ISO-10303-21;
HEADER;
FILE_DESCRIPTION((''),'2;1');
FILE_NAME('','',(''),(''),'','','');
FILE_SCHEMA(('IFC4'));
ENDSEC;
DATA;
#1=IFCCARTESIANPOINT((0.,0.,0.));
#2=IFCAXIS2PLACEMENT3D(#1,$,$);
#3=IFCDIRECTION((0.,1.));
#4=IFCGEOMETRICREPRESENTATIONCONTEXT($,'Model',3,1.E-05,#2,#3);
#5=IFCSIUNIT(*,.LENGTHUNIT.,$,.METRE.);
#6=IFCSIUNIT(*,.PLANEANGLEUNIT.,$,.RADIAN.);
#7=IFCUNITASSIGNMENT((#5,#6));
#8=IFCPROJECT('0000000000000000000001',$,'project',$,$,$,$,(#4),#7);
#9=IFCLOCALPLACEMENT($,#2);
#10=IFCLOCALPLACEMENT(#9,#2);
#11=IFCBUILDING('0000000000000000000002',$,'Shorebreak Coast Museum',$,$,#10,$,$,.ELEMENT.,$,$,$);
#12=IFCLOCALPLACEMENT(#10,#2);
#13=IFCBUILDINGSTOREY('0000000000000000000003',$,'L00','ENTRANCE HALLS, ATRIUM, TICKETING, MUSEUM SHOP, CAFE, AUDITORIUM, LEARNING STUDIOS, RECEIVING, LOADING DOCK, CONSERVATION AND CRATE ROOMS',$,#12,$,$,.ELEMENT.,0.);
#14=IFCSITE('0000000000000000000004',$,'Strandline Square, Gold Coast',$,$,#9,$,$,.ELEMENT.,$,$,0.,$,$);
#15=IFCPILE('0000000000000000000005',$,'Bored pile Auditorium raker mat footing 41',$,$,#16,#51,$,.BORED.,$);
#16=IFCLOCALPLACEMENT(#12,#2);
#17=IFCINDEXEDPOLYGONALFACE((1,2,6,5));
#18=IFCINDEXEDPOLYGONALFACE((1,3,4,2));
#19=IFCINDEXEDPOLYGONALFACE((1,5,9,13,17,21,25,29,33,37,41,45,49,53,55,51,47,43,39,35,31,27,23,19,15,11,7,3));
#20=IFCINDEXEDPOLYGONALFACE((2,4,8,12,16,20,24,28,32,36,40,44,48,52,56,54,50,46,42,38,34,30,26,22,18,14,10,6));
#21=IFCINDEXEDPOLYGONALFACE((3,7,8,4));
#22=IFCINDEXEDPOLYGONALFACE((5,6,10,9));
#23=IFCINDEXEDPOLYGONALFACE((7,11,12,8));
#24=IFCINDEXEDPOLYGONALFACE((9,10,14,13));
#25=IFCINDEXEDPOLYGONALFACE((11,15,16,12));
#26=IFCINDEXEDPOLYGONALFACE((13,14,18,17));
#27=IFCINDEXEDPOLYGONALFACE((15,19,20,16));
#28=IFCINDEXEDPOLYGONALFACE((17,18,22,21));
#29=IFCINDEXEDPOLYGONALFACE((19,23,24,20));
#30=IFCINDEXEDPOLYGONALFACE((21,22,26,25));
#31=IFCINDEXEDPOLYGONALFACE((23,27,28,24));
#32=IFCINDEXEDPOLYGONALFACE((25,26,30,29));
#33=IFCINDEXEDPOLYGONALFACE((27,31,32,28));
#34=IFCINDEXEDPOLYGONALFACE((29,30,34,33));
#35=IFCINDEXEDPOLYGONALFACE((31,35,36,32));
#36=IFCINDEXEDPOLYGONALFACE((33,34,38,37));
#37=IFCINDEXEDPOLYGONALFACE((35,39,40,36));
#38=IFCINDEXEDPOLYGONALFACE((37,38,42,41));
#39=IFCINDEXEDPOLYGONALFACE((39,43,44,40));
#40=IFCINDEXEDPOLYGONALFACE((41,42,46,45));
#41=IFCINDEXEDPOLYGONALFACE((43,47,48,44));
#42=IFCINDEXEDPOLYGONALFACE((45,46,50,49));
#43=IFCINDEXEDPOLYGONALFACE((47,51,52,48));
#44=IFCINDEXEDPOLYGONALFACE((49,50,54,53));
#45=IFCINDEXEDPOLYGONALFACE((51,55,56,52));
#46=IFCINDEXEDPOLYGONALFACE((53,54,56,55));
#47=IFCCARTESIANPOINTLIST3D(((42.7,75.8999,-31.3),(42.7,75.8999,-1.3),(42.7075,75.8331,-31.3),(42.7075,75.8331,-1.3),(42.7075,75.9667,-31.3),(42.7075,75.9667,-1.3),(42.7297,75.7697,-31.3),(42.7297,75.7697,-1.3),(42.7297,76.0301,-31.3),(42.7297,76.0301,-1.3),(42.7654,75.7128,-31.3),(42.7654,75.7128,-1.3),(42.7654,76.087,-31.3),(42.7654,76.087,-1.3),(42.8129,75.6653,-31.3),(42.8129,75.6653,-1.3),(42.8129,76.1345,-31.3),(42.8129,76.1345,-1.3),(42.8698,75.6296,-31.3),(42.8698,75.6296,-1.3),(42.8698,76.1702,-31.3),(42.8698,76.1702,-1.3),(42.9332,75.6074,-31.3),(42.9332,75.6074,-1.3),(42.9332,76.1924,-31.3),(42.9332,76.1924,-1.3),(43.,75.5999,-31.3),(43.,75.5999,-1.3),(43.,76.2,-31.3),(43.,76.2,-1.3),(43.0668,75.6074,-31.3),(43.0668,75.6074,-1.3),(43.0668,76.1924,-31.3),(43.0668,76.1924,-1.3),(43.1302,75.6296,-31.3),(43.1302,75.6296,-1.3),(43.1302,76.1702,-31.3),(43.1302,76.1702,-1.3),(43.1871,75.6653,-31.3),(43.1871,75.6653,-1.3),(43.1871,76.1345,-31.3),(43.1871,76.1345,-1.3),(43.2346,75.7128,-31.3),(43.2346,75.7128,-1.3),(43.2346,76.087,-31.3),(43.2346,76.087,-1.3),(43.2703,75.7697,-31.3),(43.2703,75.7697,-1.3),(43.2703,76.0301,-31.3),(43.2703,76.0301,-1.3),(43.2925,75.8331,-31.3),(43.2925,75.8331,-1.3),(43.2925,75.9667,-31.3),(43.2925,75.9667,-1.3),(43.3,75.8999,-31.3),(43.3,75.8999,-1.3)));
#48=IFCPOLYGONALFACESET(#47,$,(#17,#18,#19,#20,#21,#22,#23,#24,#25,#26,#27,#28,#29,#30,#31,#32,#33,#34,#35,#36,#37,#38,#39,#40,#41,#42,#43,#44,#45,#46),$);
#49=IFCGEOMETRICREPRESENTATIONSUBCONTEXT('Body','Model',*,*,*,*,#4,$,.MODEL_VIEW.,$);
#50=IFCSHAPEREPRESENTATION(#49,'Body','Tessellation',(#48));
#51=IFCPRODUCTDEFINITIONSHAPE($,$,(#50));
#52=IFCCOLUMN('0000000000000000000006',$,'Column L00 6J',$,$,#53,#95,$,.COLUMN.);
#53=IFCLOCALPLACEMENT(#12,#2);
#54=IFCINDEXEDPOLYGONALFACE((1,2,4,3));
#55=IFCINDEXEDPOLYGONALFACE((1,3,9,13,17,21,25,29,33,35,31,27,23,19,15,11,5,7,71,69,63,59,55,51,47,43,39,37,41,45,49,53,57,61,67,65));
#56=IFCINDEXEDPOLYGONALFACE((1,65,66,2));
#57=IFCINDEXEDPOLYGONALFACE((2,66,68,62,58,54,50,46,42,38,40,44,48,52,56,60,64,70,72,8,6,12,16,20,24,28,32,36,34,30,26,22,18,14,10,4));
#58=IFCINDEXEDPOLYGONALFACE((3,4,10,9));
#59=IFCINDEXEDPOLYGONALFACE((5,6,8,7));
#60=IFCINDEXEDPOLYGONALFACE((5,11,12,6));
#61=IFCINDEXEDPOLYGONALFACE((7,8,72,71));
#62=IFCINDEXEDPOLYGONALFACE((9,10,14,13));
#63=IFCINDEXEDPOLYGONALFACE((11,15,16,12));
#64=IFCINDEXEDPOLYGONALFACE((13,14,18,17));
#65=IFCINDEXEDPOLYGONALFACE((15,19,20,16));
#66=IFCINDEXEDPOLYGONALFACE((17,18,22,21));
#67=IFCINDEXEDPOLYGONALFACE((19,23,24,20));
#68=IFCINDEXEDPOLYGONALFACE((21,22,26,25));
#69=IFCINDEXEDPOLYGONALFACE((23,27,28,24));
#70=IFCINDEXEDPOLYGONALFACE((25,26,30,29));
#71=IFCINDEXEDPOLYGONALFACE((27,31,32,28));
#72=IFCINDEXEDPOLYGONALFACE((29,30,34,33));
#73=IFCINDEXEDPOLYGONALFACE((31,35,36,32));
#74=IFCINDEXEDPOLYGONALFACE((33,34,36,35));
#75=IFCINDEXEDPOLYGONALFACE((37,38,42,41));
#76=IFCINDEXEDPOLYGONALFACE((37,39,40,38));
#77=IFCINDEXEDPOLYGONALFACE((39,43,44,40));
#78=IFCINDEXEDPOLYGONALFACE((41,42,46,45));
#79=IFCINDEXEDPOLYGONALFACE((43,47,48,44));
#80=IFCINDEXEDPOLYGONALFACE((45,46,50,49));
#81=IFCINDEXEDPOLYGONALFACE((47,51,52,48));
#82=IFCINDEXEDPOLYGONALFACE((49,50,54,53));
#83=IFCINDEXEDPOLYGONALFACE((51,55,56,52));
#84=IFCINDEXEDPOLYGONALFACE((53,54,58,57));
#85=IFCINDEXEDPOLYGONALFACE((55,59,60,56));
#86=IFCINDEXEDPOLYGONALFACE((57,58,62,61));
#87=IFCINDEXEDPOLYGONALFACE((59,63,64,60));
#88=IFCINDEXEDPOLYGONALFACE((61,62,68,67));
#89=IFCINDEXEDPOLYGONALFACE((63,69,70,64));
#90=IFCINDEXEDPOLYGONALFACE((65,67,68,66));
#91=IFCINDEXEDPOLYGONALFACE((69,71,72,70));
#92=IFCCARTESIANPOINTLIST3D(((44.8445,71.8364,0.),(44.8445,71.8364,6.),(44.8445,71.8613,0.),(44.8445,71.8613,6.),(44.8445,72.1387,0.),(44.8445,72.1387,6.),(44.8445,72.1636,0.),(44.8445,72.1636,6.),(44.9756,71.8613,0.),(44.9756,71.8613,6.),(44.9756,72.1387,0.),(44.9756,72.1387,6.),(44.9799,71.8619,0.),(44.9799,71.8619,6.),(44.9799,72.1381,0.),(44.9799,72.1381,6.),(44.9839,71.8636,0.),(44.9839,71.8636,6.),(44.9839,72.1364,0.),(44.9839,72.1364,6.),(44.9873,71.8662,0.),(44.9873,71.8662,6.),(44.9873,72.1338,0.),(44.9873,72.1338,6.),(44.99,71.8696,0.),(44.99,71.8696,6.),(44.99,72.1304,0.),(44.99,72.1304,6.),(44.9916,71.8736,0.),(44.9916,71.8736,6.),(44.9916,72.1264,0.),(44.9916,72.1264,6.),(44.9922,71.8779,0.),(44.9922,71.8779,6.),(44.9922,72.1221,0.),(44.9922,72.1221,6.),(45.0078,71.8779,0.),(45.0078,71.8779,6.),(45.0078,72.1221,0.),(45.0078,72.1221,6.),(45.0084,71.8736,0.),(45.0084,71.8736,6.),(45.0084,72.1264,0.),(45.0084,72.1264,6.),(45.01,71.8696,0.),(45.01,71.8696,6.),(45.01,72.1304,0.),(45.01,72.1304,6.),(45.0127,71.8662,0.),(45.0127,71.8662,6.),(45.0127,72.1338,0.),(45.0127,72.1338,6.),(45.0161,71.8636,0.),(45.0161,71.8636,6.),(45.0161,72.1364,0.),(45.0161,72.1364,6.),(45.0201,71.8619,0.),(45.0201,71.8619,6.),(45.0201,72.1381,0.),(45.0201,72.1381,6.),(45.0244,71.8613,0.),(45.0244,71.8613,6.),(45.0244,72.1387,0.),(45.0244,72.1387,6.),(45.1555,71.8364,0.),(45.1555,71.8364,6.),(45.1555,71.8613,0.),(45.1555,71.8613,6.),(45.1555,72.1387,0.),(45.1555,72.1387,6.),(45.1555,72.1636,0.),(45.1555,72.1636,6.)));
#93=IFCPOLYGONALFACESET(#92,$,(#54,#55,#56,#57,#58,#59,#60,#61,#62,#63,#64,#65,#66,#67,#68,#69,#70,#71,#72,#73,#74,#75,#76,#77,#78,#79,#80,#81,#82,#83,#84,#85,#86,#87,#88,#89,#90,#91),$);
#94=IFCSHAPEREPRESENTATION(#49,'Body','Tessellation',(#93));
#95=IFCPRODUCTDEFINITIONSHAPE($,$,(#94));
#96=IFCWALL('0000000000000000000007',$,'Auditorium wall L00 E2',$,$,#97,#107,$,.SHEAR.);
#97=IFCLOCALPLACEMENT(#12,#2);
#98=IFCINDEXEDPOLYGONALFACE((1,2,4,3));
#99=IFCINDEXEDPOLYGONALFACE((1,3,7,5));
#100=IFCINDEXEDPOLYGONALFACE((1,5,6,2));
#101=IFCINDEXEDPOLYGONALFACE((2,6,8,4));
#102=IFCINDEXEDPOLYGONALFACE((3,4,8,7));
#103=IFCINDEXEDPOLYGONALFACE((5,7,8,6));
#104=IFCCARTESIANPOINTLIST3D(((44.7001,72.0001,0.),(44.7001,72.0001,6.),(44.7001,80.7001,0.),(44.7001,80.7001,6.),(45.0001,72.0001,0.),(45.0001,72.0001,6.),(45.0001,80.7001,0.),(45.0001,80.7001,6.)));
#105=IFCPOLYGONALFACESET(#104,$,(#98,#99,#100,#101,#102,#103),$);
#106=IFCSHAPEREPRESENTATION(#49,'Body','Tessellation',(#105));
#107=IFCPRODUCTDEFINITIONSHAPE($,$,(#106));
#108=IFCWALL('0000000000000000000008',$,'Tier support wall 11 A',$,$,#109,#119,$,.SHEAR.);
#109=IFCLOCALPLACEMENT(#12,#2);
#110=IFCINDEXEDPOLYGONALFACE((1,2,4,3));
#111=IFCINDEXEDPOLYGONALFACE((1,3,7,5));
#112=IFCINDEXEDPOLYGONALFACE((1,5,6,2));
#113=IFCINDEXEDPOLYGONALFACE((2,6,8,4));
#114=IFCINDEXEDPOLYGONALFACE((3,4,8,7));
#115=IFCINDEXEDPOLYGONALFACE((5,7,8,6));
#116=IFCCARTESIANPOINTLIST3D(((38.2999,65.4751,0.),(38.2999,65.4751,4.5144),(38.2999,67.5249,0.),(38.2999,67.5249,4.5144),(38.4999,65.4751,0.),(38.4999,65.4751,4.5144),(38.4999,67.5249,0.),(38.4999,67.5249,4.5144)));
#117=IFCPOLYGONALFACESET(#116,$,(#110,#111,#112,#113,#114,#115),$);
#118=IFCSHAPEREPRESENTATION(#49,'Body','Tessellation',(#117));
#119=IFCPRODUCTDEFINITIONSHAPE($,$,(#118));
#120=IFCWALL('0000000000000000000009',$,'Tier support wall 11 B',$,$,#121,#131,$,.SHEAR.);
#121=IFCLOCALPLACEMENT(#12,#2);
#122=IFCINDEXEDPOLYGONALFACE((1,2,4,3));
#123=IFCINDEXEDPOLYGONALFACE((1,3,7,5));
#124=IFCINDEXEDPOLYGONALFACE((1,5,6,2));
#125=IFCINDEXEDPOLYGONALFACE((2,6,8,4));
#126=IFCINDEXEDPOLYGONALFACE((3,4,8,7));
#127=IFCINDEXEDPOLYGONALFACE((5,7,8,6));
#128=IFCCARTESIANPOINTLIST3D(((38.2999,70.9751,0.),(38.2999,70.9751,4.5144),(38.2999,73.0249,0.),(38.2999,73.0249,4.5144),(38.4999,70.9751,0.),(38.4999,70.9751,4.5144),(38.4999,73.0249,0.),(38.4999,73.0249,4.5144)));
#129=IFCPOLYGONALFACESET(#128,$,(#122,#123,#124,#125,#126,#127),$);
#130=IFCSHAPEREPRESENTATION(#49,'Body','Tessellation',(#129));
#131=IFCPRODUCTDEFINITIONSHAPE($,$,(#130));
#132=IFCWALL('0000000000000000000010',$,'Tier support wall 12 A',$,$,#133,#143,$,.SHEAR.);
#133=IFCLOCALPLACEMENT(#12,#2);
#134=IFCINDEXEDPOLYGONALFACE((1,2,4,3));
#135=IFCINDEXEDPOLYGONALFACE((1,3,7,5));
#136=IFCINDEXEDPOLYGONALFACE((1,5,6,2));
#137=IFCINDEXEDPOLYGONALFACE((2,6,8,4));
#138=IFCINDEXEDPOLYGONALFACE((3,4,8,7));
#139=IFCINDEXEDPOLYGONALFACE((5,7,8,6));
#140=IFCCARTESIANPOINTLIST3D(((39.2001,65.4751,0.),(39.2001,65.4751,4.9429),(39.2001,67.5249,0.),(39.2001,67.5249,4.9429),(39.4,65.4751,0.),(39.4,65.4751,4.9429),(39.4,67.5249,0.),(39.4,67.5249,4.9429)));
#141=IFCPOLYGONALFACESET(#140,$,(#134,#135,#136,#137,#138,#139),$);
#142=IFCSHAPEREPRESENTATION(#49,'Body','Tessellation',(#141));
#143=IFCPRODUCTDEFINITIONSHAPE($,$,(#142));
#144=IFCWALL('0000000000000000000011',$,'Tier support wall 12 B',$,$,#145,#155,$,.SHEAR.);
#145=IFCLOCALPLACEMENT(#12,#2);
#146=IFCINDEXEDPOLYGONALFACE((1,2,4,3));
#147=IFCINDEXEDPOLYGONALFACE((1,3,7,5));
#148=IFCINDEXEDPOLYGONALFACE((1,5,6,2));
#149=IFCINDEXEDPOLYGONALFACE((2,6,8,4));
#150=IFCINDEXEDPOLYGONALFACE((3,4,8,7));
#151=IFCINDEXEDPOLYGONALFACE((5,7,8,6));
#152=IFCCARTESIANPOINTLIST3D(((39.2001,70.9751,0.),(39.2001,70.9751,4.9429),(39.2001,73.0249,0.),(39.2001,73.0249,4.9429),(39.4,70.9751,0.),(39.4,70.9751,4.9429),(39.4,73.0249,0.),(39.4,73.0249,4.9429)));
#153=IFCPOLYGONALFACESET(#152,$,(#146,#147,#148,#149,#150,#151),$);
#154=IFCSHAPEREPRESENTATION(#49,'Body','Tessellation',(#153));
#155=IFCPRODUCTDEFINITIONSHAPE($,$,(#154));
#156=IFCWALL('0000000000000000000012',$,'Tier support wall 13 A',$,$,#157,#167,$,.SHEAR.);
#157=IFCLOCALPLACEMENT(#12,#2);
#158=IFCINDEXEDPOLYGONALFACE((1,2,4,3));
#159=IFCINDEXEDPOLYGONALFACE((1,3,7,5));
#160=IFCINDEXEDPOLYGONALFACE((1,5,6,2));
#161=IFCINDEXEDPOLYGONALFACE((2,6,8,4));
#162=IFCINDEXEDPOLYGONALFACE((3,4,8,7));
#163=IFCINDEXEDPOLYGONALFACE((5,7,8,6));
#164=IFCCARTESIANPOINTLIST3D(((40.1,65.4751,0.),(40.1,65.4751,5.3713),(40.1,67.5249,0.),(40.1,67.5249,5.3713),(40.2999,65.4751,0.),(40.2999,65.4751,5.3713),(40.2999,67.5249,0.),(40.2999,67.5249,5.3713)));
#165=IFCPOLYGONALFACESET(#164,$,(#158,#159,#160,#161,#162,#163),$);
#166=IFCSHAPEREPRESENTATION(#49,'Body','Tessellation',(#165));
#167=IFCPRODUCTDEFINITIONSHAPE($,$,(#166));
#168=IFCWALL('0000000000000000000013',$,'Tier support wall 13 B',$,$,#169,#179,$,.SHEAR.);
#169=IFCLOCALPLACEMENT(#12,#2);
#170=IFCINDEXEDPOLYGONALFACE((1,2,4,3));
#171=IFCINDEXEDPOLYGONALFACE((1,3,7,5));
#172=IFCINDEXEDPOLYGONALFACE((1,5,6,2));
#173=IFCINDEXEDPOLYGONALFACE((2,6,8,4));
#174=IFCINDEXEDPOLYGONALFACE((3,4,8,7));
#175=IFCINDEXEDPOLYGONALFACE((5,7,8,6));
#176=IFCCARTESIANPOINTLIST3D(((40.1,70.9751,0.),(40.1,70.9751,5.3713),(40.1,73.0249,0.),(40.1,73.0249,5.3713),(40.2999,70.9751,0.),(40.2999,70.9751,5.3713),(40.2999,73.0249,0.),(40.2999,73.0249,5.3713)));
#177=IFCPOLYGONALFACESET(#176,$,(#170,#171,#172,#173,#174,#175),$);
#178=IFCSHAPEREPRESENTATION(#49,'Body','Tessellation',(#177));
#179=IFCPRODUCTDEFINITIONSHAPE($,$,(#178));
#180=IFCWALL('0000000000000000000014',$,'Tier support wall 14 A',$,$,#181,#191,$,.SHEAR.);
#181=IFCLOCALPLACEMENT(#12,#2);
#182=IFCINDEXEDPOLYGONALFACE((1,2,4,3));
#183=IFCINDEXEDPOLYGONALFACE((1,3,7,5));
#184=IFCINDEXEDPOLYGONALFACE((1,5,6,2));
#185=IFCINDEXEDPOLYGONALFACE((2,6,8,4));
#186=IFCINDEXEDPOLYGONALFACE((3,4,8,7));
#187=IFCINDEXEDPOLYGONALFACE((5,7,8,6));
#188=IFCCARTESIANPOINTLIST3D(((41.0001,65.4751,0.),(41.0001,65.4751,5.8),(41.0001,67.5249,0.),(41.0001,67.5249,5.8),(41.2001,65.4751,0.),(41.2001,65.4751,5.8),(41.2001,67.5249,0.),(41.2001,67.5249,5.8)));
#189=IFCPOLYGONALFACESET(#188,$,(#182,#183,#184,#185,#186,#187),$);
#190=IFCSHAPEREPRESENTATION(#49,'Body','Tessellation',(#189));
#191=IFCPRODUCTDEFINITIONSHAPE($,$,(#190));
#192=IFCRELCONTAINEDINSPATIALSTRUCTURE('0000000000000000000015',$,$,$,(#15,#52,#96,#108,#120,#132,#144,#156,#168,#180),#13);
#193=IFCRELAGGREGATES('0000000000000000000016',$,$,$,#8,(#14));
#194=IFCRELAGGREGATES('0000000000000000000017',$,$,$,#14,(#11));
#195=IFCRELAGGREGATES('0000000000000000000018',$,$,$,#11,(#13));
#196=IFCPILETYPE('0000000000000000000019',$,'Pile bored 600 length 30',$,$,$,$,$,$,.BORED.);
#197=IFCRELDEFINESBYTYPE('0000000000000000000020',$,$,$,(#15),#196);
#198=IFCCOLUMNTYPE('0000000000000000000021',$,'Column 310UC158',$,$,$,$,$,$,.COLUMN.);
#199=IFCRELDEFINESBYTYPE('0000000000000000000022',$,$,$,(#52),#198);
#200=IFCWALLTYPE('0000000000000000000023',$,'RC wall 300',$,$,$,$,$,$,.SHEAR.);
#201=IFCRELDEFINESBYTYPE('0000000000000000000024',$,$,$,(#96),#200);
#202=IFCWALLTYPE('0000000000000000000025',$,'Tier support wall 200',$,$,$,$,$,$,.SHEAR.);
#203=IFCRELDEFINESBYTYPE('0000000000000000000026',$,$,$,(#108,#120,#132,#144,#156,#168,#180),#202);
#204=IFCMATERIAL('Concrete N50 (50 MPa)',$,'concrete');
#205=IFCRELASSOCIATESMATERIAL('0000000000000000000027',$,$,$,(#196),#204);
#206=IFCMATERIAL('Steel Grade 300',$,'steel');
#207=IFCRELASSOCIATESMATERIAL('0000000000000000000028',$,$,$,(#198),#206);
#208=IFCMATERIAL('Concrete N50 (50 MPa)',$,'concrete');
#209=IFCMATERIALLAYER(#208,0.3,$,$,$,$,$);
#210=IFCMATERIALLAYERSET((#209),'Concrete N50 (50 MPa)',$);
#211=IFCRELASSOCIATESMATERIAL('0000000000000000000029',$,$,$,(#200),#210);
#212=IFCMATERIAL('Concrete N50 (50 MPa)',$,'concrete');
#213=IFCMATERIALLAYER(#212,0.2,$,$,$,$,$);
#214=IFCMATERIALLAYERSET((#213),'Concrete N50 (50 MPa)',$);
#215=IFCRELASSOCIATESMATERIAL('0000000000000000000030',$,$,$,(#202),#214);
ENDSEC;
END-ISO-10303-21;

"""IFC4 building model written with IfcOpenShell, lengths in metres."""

from ifc_helpers import new_model, si_unit, direction, frame, frame_2d, origin, origin_2d, place, context, subcontext, project, spatial, rectangle, circle, i_section, extrude, material, layer, layer_set, material_profile, profile_set, type_object, element, save


model = new_model("IFC4")

# Units and contexts
model_context = context("Model", 3, precision=1e-05, world=origin(), true_north=direction((0.0, 1.0)))
body_context = subcontext(model_context, "Body", "Model", "MODEL_VIEW")
ifc_project = project(units=[si_unit("LENGTHUNIT", "METRE"), si_unit("PLANEANGLEUNIT", "RADIAN")], contexts=[model_context])

# Site, building, storey
site_placement = place(None, origin())
site = spatial("IfcSite", under=ifc_project, at=site_placement, Name="Strandline Square, Gold Coast", CompositionType="ELEMENT", RefElevation=0.0)
building_placement = place(site_placement, origin())
building = spatial("IfcBuilding", under=site, at=building_placement, Name="Shorebreak Coast Museum", CompositionType="ELEMENT")
storey_placement = place(building_placement, origin())
storey = spatial("IfcBuildingStorey", under=building, at=storey_placement, Name="L00", Description="ENTRANCE HALLS, ATRIUM, TICKETING, MUSEUM SHOP, CAFE, AUDITORIUM, LEARNING STUDIOS, RECEIVING, LOADING DOCK, CONSERVATION AND CRATE ROOMS", CompositionType="ELEMENT", Elevation=0.0)

# Pile
ifc_material_1 = material(Name="Concrete N50 (50 MPa)", Category="concrete")
ifc_material_profile_1 = material_profile(ifc_material_1, circle(Radius=0.3, at=origin_2d()), Name="Pile bored 600 length 30")
ifc_profile_set_1 = profile_set([ifc_material_profile_1], Name="Concrete N50 (50 MPa)")
pile_type_1 = type_object("IfcPileType", Name="Pile bored 600 length 30", PredefinedType="BORED", material=ifc_profile_set_1)
for number, where, z_axis, x_axis, name in (
    (1, (43.0, 75.8999, -1.3), (0.0, 0.0, -1.0), (1.0, 0.0, 0.0), "Bored pile Auditorium raker mat footing 41"),
):
    element("IfcPile", number, at=place(storey_placement, frame(where, z_axis=z_axis, x_axis=x_axis)), inside=storey, type_object=pile_type_1, Name=name, PredefinedType="BORED", context=body_context, shape_type="SweptSolid", body=[
        extrude(circle(Radius=0.3, at=origin_2d()), origin(), (0.0, 0.0, 1.0), 30.0),
    ])

# Column
ifc_material_2 = material(Name="Steel Grade 300", Category="steel")
ifc_material_profile_2 = material_profile(ifc_material_2, i_section(OverallWidth=0.311, OverallDepth=0.3271, WebThickness=0.0156, FlangeThickness=0.0249, FilletRadius=0.0166, at=origin_2d()), Name="310UC158")
ifc_profile_set_2 = profile_set([ifc_material_profile_2], Name="Steel Grade 300")
column_type = type_object("IfcColumnType", Name="Column 310UC158", PredefinedType="COLUMN", material=ifc_profile_set_2)
column_placement = place(storey_placement, frame((45.0, 72.0, 0.0), z_axis=(0.0, 0.0, 1.0), x_axis=(1.0, 0.0, 0.0)))
element("IfcColumn", 2, at=column_placement, inside=storey, type_object=column_type, Name="Column L00 6J", PredefinedType="COLUMN", context=body_context, shape_type="SweptSolid", body=[
    extrude(i_section(OverallWidth=0.311, OverallDepth=0.3271, WebThickness=0.0156, FlangeThickness=0.0249, FilletRadius=0.0166, at=origin_2d()), origin(), (0.0, 0.0, 1.0), 6.0),
])

# Walls
ifc_material_3 = material(Name="Concrete N50 (50 MPa)", Category="concrete")
ifc_layer_1 = layer(ifc_material_3, 0.3)
ifc_layer_set_1 = layer_set([ifc_layer_1], Name="Concrete N50 (50 MPa)")
wall_type_1 = type_object("IfcWallType", Name="RC wall 300", PredefinedType="SHEAR", material=ifc_layer_set_1)
wall_placement = place(storey_placement, frame((44.8501, 72.0, 0.0), z_axis=(0.0, 0.0, 1.0), x_axis=(0.0, 1.0, 0.0)))
element("IfcWall", 3, at=wall_placement, inside=storey, type_object=wall_type_1, Name="Auditorium wall L00 E2", PredefinedType="SHEAR", context=body_context, shape_type="SweptSolid", body=[
    extrude(rectangle(XDim=8.7, YDim=0.3, at=frame_2d((4.3501, 0.0))), origin(), (0.0, 0.0, 1.0), 6.0),
])
ifc_material_4 = material(Name="Concrete N50 (50 MPa)", Category="concrete")
ifc_layer_2 = layer(ifc_material_4, 0.2)
ifc_layer_set_2 = layer_set([ifc_layer_2], Name="Concrete N50 (50 MPa)")
wall_type_2 = type_object("IfcWallType", Name="Tier support wall 200", PredefinedType="SHEAR", material=ifc_layer_set_2)
for number, where, z_axis, x_axis, name in (
    (4, (38.3999, 65.4751, 0.0), (0.0, 0.0, 1.0), (0.0, 1.0, 0.0), "Tier support wall 11 A"),
    (5, (38.3999, 70.9751, 0.0), (0.0, 0.0, 1.0), (0.0, 1.0, 0.0), "Tier support wall 11 B"),
):
    element("IfcWall", number, at=place(storey_placement, frame(where, z_axis=z_axis, x_axis=x_axis)), inside=storey, type_object=wall_type_2, Name=name, PredefinedType="SHEAR", context=body_context, shape_type="SweptSolid", body=[
        extrude(rectangle(XDim=2.0498, YDim=0.2, at=frame_2d((1.0249, 0.0))), origin(), (0.0, 0.0, 1.0), 4.5144),
    ])
for number, where, z_axis, x_axis, name in (
    (6, (39.3, 65.4751, 0.0), (0.0, 0.0, 1.0), (0.0, 1.0, 0.0), "Tier support wall 12 A"),
    (7, (39.3, 70.9751, 0.0), (0.0, 0.0, 1.0), (0.0, 1.0, 0.0), "Tier support wall 12 B"),
):
    element("IfcWall", number, at=place(storey_placement, frame(where, z_axis=z_axis, x_axis=x_axis)), inside=storey, type_object=wall_type_2, Name=name, PredefinedType="SHEAR", context=body_context, shape_type="SweptSolid", body=[
        extrude(rectangle(XDim=2.0498, YDim=0.2, at=frame_2d((1.0249, 0.0))), origin(), (0.0, 0.0, 1.0), 4.9429),
    ])
for number, where, z_axis, x_axis, name in (
    (8, (40.2, 65.4751, 0.0), (0.0, 0.0, 1.0), (0.0, 1.0, 0.0), "Tier support wall 13 A"),
    (9, (40.2, 70.9751, 0.0), (0.0, 0.0, 1.0), (0.0, 1.0, 0.0), "Tier support wall 13 B"),
):
    element("IfcWall", number, at=place(storey_placement, frame(where, z_axis=z_axis, x_axis=x_axis)), inside=storey, type_object=wall_type_2, Name=name, PredefinedType="SHEAR", context=body_context, shape_type="SweptSolid", body=[
        extrude(rectangle(XDim=2.0498, YDim=0.2, at=frame_2d((1.0249, 0.0))), origin(), (0.0, 0.0, 1.0), 5.3713),
    ])
for number, where, z_axis, x_axis, name in (
    (10, (41.1001, 65.4751, 0.0), (0.0, 0.0, 1.0), (0.0, 1.0, 0.0), "Tier support wall 14 A"),
):
    element("IfcWall", number, at=place(storey_placement, frame(where, z_axis=z_axis, x_axis=x_axis)), inside=storey, type_object=wall_type_2, Name=name, PredefinedType="SHEAR", context=body_context, shape_type="SweptSolid", body=[
        extrude(rectangle(XDim=2.0498, YDim=0.2, at=frame_2d((1.0249, 0.0))), origin(), (0.0, 0.0, 1.0), 5.8),
    ])

save(model, "model.ifc")
